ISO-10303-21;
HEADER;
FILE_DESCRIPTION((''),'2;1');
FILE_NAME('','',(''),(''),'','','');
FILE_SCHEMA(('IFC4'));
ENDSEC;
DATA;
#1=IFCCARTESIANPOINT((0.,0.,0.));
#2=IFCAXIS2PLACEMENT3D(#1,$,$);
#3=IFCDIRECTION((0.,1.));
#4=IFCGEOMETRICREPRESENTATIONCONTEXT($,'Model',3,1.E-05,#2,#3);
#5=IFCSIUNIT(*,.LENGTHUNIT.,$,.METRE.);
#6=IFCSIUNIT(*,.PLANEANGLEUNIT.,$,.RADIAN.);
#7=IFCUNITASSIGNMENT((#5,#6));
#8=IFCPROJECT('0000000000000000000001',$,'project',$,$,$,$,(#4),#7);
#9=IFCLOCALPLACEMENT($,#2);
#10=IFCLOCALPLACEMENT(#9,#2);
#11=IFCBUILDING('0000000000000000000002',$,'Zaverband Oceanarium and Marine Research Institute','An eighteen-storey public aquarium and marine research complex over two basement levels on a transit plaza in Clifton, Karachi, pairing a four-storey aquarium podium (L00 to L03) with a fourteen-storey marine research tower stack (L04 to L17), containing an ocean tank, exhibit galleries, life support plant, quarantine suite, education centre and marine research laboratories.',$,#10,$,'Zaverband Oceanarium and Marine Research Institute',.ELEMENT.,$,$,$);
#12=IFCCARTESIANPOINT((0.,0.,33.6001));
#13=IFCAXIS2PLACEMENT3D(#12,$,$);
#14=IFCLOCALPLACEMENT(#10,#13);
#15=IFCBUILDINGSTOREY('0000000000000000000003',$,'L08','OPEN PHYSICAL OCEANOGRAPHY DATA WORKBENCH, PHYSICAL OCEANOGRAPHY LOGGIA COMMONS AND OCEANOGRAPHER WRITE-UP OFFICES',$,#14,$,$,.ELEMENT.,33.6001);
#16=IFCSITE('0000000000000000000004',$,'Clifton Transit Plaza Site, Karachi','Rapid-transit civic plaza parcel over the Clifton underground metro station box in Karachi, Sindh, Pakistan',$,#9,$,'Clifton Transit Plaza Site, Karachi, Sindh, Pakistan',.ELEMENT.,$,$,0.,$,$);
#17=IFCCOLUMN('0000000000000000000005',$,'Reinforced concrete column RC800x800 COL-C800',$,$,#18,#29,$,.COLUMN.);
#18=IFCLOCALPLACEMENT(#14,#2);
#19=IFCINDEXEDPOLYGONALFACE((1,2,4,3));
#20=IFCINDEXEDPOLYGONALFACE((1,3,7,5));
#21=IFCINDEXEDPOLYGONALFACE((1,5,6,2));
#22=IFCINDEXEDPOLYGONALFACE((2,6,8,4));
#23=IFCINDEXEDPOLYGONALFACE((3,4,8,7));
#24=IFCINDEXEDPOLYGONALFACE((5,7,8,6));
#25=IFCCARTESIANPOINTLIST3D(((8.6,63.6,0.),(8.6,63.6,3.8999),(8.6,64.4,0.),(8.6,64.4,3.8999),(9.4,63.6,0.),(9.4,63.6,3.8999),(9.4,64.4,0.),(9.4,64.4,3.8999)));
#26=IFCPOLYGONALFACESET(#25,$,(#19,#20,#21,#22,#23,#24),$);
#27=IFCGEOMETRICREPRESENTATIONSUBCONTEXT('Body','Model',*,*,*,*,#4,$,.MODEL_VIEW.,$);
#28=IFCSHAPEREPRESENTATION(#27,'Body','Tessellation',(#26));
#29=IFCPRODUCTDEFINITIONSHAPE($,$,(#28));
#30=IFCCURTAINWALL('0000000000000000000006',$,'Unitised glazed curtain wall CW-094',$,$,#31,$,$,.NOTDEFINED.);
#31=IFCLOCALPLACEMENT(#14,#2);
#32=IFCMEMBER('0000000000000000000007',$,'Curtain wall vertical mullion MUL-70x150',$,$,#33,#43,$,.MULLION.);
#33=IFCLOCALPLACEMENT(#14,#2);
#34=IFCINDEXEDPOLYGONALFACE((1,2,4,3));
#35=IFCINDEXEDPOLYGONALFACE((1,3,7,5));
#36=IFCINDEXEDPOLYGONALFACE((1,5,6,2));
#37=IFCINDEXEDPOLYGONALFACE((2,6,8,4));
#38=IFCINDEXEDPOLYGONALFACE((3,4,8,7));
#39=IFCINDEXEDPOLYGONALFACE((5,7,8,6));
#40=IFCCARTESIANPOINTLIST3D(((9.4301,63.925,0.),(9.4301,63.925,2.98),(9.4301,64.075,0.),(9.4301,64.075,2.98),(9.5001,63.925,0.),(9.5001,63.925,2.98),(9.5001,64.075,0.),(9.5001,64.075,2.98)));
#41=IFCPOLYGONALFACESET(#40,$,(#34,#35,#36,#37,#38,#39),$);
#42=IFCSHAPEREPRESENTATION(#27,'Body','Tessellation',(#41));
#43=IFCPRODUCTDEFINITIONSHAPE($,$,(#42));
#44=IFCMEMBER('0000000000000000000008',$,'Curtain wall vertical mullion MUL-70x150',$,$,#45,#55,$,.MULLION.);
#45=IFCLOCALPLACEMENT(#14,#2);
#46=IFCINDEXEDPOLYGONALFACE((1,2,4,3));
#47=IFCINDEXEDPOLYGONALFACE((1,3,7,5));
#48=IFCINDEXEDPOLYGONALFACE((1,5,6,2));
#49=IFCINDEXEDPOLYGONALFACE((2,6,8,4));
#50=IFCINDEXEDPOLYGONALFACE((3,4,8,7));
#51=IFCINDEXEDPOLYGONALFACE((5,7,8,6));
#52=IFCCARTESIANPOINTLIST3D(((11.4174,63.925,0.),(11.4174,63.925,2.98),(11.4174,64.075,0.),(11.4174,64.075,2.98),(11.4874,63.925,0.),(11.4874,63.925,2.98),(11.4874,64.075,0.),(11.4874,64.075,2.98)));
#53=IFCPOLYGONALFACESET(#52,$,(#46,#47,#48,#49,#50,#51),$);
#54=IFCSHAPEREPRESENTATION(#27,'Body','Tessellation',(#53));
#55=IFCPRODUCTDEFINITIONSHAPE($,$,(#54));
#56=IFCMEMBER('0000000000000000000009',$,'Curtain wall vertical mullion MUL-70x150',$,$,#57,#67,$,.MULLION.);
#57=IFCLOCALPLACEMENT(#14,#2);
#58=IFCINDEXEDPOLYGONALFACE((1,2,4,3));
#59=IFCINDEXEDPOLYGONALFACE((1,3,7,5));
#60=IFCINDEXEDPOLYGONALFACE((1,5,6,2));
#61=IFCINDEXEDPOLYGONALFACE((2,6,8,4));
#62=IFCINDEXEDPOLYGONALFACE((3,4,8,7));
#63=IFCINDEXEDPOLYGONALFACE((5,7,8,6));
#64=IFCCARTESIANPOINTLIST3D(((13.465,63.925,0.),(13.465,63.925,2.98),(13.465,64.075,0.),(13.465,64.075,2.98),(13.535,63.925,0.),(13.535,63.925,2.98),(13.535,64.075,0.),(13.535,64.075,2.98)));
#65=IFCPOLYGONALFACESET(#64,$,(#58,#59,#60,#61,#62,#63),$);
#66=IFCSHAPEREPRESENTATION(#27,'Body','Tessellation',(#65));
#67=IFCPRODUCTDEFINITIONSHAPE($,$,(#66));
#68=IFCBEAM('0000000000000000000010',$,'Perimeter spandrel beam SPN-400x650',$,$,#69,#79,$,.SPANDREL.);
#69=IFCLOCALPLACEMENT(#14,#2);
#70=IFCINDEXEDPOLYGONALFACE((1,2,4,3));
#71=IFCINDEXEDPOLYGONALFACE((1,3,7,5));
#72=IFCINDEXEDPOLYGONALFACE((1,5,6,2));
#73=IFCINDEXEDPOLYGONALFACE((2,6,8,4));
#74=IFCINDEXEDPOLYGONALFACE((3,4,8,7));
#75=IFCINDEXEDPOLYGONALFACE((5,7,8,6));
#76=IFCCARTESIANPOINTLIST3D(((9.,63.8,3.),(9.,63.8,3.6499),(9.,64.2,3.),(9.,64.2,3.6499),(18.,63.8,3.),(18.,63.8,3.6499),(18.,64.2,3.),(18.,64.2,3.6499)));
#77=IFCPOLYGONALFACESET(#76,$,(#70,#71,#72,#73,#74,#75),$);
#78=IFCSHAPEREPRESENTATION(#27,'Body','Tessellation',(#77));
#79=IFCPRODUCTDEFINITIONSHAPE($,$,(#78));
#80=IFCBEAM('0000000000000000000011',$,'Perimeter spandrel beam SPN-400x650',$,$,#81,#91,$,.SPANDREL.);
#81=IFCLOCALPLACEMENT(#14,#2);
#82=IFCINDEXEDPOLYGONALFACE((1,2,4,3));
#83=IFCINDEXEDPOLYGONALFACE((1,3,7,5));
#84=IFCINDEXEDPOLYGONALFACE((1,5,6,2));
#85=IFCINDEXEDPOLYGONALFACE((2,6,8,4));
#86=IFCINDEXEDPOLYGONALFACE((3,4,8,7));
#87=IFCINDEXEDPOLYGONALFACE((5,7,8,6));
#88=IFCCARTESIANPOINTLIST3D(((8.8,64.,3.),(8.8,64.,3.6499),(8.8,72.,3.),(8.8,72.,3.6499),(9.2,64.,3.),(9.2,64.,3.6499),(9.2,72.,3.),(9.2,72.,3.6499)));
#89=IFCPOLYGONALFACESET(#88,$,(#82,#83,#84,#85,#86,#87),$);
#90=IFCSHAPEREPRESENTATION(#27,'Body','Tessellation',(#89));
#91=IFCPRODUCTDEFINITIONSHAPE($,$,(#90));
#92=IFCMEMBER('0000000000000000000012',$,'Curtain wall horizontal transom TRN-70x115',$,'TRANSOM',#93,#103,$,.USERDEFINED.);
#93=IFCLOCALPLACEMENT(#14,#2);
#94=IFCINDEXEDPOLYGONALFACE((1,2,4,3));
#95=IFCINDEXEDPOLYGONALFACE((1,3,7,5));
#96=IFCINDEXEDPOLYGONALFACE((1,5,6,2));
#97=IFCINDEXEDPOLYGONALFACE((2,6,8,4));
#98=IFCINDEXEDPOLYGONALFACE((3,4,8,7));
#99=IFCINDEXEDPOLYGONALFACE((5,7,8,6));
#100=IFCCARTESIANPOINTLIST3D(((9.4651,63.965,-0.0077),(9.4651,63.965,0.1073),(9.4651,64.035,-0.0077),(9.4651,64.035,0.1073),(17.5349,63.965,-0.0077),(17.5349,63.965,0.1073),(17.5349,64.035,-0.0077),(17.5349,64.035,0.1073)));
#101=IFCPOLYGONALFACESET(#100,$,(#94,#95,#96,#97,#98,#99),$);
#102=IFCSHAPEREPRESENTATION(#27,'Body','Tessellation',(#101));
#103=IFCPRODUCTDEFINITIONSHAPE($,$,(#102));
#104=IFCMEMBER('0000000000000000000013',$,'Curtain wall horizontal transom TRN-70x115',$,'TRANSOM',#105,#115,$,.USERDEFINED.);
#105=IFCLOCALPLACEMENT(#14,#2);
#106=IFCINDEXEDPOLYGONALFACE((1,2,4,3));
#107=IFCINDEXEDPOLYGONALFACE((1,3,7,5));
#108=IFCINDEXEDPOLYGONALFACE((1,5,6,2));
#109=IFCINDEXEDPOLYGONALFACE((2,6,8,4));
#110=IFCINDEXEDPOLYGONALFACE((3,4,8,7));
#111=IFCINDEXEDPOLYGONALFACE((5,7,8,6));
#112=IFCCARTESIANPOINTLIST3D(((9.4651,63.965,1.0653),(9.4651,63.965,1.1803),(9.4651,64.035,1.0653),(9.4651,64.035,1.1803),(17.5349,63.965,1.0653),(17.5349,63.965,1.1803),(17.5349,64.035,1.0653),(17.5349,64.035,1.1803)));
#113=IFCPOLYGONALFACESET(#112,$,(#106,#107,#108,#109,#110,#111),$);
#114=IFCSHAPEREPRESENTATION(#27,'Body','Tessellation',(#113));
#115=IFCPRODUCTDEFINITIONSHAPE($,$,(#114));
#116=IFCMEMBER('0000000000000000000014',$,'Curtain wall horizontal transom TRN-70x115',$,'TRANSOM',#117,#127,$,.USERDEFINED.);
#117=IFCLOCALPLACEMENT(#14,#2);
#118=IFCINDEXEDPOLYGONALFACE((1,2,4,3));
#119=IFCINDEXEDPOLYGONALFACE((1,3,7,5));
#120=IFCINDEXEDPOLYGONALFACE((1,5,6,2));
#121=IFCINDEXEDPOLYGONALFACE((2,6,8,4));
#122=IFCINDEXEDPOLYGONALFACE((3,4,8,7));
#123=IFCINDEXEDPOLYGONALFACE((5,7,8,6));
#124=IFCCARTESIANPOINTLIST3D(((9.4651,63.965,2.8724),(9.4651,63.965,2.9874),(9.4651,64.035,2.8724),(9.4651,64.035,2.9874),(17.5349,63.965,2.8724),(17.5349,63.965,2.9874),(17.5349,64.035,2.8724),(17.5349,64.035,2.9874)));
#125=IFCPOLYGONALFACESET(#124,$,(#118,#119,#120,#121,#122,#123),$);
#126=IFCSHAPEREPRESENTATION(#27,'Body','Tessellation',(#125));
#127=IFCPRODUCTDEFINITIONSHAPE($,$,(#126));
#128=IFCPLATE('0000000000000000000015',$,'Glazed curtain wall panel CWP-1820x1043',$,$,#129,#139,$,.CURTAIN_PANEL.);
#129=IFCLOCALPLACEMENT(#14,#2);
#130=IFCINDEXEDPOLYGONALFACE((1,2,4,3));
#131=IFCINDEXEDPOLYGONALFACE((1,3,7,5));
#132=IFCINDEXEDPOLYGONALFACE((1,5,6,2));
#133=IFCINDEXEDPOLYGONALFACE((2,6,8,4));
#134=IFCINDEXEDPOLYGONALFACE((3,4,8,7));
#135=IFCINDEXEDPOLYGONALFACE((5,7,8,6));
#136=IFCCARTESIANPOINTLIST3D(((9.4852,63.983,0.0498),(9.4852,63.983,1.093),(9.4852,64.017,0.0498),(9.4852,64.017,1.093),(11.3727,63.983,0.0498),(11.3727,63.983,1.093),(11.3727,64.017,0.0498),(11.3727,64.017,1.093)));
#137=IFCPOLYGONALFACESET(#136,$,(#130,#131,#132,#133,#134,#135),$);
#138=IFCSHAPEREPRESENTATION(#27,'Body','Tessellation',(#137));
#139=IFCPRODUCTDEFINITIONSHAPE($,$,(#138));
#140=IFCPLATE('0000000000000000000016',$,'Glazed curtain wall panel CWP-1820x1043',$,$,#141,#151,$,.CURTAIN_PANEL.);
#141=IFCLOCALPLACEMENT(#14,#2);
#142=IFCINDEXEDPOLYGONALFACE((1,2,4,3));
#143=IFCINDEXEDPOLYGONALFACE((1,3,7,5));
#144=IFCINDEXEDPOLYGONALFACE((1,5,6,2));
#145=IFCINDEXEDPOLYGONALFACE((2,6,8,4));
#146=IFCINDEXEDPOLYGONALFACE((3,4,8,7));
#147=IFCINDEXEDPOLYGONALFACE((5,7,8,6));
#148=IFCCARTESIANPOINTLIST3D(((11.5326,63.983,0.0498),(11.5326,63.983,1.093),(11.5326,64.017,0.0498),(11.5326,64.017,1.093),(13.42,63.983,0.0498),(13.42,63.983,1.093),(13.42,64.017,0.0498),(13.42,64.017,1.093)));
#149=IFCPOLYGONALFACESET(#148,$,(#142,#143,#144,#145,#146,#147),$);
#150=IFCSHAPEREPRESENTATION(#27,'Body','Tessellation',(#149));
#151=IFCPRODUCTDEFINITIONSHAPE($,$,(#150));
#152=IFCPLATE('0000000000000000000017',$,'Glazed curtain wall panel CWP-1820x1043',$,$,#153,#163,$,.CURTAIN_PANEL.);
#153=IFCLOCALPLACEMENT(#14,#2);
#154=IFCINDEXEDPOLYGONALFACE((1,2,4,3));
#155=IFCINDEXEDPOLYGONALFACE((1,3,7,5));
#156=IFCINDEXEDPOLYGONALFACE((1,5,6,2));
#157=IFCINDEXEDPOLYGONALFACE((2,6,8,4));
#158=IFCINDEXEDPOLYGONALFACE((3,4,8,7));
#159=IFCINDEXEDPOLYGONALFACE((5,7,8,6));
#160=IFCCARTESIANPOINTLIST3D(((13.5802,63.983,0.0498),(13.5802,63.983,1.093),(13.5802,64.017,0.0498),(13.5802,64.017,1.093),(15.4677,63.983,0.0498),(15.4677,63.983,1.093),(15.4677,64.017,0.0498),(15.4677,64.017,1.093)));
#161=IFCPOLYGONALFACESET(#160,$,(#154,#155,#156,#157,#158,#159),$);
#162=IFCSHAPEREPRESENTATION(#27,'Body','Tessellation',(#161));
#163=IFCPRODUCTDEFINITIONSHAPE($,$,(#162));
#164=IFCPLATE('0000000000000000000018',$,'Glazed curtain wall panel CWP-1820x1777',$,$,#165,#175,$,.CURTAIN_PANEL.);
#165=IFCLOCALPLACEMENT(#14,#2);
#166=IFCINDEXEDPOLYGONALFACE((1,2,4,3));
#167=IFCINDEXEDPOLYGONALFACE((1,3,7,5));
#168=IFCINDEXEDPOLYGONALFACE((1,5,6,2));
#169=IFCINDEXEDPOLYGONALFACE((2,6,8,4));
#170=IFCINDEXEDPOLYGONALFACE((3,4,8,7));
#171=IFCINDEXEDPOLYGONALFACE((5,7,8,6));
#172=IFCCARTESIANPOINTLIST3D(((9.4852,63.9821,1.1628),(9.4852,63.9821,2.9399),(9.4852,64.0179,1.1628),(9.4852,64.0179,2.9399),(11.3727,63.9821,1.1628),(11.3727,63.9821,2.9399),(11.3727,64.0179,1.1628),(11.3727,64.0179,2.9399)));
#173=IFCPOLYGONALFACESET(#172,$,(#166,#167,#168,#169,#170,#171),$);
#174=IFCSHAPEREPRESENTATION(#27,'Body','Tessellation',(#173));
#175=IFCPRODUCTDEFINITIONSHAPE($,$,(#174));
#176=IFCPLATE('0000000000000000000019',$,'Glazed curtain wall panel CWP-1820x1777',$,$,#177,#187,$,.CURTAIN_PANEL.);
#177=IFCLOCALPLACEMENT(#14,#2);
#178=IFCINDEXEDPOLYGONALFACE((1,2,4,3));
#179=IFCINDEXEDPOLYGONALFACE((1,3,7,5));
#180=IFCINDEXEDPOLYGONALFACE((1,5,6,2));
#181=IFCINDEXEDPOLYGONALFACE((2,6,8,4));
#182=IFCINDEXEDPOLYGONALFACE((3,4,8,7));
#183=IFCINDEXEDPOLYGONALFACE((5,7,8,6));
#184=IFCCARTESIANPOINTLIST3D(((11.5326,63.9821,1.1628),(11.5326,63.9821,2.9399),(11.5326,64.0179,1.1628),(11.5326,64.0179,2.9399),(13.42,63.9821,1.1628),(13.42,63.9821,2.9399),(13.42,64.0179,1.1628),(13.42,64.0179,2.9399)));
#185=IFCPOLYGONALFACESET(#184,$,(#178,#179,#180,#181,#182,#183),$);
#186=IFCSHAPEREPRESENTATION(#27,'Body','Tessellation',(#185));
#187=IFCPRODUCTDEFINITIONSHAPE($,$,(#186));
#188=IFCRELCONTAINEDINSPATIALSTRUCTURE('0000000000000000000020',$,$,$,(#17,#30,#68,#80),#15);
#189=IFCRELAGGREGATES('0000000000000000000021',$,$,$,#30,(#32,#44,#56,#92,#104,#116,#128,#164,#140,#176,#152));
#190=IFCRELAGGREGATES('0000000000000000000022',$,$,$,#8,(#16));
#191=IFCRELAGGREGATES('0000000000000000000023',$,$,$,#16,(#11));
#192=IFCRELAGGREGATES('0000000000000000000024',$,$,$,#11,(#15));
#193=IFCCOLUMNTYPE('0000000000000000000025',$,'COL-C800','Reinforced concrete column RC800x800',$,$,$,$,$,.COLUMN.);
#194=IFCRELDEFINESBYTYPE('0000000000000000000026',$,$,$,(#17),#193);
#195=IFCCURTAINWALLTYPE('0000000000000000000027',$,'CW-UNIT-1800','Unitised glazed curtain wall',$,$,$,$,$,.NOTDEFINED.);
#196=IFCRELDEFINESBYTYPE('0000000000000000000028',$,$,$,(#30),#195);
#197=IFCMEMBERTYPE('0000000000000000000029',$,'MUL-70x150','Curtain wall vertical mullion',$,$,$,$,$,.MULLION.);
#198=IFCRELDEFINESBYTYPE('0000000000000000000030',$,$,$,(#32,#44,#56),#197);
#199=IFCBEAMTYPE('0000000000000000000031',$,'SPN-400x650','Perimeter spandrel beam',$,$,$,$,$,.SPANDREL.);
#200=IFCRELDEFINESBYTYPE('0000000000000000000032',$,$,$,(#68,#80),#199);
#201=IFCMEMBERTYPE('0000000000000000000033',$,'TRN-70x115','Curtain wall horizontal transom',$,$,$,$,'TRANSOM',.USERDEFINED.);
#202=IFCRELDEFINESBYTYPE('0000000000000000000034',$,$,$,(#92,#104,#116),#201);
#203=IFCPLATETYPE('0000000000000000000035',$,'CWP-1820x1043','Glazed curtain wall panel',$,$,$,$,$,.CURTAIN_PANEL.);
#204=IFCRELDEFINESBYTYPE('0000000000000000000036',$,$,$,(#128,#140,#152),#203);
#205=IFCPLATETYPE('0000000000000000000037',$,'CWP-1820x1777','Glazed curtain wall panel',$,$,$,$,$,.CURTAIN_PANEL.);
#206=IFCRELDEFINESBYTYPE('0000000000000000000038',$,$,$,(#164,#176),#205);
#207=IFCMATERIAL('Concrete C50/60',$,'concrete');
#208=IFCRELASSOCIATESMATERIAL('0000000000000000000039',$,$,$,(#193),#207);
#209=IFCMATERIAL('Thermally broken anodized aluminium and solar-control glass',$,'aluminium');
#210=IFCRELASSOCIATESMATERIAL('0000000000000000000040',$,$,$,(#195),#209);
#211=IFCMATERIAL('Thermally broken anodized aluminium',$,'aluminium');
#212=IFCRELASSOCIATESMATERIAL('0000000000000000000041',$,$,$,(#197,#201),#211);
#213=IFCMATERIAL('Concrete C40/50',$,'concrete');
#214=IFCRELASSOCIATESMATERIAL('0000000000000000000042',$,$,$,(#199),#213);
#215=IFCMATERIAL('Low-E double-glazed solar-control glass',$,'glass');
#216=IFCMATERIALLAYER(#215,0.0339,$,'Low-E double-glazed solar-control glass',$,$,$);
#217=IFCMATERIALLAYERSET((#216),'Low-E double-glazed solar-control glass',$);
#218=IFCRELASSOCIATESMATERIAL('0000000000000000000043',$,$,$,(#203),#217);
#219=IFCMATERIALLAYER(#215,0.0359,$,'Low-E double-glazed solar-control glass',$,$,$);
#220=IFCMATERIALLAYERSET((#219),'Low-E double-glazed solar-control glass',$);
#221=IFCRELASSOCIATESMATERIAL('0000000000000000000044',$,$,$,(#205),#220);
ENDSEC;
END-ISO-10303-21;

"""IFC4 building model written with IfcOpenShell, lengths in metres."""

from ifc_helpers import new_model, si_unit, direction, frame, frame_2d, origin, origin_2d, place, context, subcontext, project, spatial, rectangle, extrude, material, layer, layer_set, material_profile, profile_set, type_object, element, aggregate, save


model = new_model("IFC4")

# Units and contexts
model_context = context("Model", 3, precision=1e-05, world=origin(), true_north=direction((0.0, 1.0)))
body_context = subcontext(model_context, "Body", "Model", "MODEL_VIEW")
ifc_project = project(units=[si_unit("LENGTHUNIT", "METRE"), si_unit("PLANEANGLEUNIT", "RADIAN")], contexts=[model_context])

# Site, building, storey
site_placement = place(None, origin())
site = spatial("IfcSite", under=ifc_project, at=site_placement, Name="Clifton Transit Plaza Site, Karachi", Description="Rapid-transit civic plaza parcel over the Clifton underground metro station box in Karachi, Sindh, Pakistan", LongName="Clifton Transit Plaza Site, Karachi, Sindh, Pakistan", CompositionType="ELEMENT", RefElevation=0.0)
building_placement = place(site_placement, origin())
building = spatial("IfcBuilding", under=site, at=building_placement, Name="Zaverband Oceanarium and Marine Research Institute", Description="An eighteen-storey public aquarium and marine research complex over two basement levels on a transit plaza in Clifton, Karachi, pairing a four-storey aquarium podium (L00 to L03) with a fourteen-storey marine research tower stack (L04 to L17), containing an ocean tank, exhibit galleries, life support plant, quarantine suite, education centre and marine research laboratories.", LongName="Zaverband Oceanarium and Marine Research Institute", CompositionType="ELEMENT")
storey_placement = place(building_placement, frame((0.0, 0.0, 33.6001)))
storey = spatial("IfcBuildingStorey", under=building, at=storey_placement, Name="L08", Description="OPEN PHYSICAL OCEANOGRAPHY DATA WORKBENCH, PHYSICAL OCEANOGRAPHY LOGGIA COMMONS AND OCEANOGRAPHER WRITE-UP OFFICES", CompositionType="ELEMENT", Elevation=33.6001)

# Column
ifc_material_1 = material(Name="Concrete C50/60", Category="concrete")
ifc_material_profile_1 = material_profile(ifc_material_1, rectangle(XDim=0.8, YDim=0.8, at=origin_2d()), Name="RC800x800")
ifc_profile_set_1 = profile_set([ifc_material_profile_1], Name="Concrete C50/60")
column_type = type_object("IfcColumnType", Name="COL-C800", Description="Reinforced concrete column RC800x800", PredefinedType="COLUMN", material=ifc_profile_set_1)
column_placement = place(storey_placement, frame((9.0, 64.0, 0.0), z_axis=(0.0, 0.0, 1.0), x_axis=(1.0, 0.0, 0.0)))
element("IfcColumn", 1, at=column_placement, inside=storey, type_object=column_type, Name="Reinforced concrete column RC800x800 COL-C800", PredefinedType="COLUMN", context=body_context, shape_type="SweptSolid", body=[
    extrude(rectangle(XDim=0.8, YDim=0.8, at=origin_2d()), origin(), (0.0, 0.0, 1.0), 3.8999),
])

# Curtain wall, members
ifc_material_2 = material(Name="Thermally broken anodized aluminium and solar-control glass", Category="aluminium")
curtain_wall_type = type_object("IfcCurtainWallType", Name="CW-UNIT-1800", Description="Unitised glazed curtain wall", PredefinedType="NOTDEFINED", material=ifc_material_2)
curtain_wall_placement = place(storey_placement, origin())
curtain_wall = element("IfcCurtainWall", 2, at=curtain_wall_placement, inside=storey, type_object=curtain_wall_type, Name="Unitised glazed curtain wall CW-094", PredefinedType="NOTDEFINED")
ifc_material_3 = material(Name="Thermally broken anodized aluminium", Category="aluminium")
ifc_material_profile_2 = material_profile(ifc_material_3, rectangle(XDim=0.0701, YDim=0.1499, at=origin_2d()), Name="AL-MUL-70x150")
ifc_profile_set_2 = profile_set([ifc_material_profile_2], Name="Thermally broken anodized aluminium")
member_type_1 = type_object("IfcMemberType", Name="MUL-70x150", Description="Curtain wall vertical mullion", PredefinedType="MULLION", material=ifc_profile_set_2)
member_1_placement = place(storey_placement, frame((9.4651, 64.0, 0.0), z_axis=(0.0, 0.0, 1.0), x_axis=(1.0, 0.0, 0.0)))
member_1 = element("IfcMember", 3, at=member_1_placement, type_object=member_type_1, Name="Curtain wall vertical mullion MUL-70x150", PredefinedType="MULLION", context=body_context, shape_type="SweptSolid", body=[
    extrude(rectangle(XDim=0.0701, YDim=0.1499, at=origin_2d()), origin(), (0.0, 0.0, 1.0), 2.98),
])
member_2_placement = place(storey_placement, frame((11.4524, 64.0, 0.0), z_axis=(0.0, 0.0, 1.0), x_axis=(1.0, 0.0, 0.0)))
member_2 = element("IfcMember", 4, at=member_2_placement, type_object=member_type_1, Name="Curtain wall vertical mullion MUL-70x150", PredefinedType="MULLION", context=body_context, shape_type="SweptSolid", body=[
    extrude(rectangle(XDim=0.0701, YDim=0.1499, at=origin_2d()), origin(), (0.0, 0.0, 1.0), 2.98),
])
member_3_placement = place(storey_placement, frame((13.5, 64.0, 0.0), z_axis=(0.0, 0.0, 1.0), x_axis=(1.0, 0.0, 0.0)))
member_3 = element("IfcMember", 5, at=member_3_placement, type_object=member_type_1, Name="Curtain wall vertical mullion MUL-70x150", PredefinedType="MULLION", context=body_context, shape_type="SweptSolid", body=[
    extrude(rectangle(XDim=0.0701, YDim=0.1499, at=origin_2d()), origin(), (0.0, 0.0, 1.0), 2.98),
])

# Beams
ifc_material_4 = material(Name="Concrete C40/50", Category="concrete")
ifc_material_profile_3 = material_profile(ifc_material_4, rectangle(XDim=0.3999, YDim=0.6499, at=origin_2d()), Name="RC400x650")
ifc_profile_set_3 = profile_set([ifc_material_profile_3], Name="Concrete C40/50")
beam_type = type_object("IfcBeamType", Name="SPN-400x650", Description="Perimeter spandrel beam", PredefinedType="SPANDREL", material=ifc_profile_set_3)
beam_1_placement = place(storey_placement, frame((9.0, 64.0, 3.325), z_axis=(1.0, 0.0, 0.0), x_axis=(0.0, 1.0, 0.0)))
element("IfcBeam", 6, at=beam_1_placement, inside=storey, type_object=beam_type, Name="Perimeter spandrel beam SPN-400x650", PredefinedType="SPANDREL", context=body_context, shape_type="SweptSolid", body=[
    extrude(rectangle(XDim=0.3999, YDim=0.6499, at=origin_2d()), origin(), (0.0, 0.0, 1.0), 9.0),
])
beam_2_placement = place(storey_placement, frame((9.0, 64.0, 3.325), z_axis=(0.0, 1.0, 0.0), x_axis=(-1.0, 0.0, 0.0)))
element("IfcBeam", 7, at=beam_2_placement, inside=storey, type_object=beam_type, Name="Perimeter spandrel beam SPN-400x650", PredefinedType="SPANDREL", context=body_context, shape_type="SweptSolid", body=[
    extrude(rectangle(XDim=0.3999, YDim=0.6499, at=origin_2d()), origin(), (0.0, 0.0, 1.0), 8.0),
])

# Members
ifc_material_profile_4 = material_profile(ifc_material_3, rectangle(XDim=0.0701, YDim=0.115, at=origin_2d()), Name="AL-TRN-70x115")
ifc_profile_set_4 = profile_set([ifc_material_profile_4], Name="Thermally broken anodized aluminium")
member_type_2 = type_object("IfcMemberType", Name="TRN-70x115", Description="Curtain wall horizontal transom", ElementType="TRANSOM", PredefinedType="USERDEFINED", material=ifc_profile_set_4)
member_4_placement = place(storey_placement, frame((9.4651, 64.0, 0.0498), z_axis=(1.0, 0.0, 0.0), x_axis=(0.0, 1.0, 0.0)))
member_4 = element("IfcMember", 8, at=member_4_placement, type_object=member_type_2, Name="Curtain wall horizontal transom TRN-70x115", ObjectType="TRANSOM", PredefinedType="USERDEFINED", context=body_context, shape_type="SweptSolid", body=[
    extrude(rectangle(XDim=0.0701, YDim=0.115, at=origin_2d()), origin(), (0.0, 0.0, 1.0), 8.0698),
])
member_5_placement = place(storey_placement, frame((9.4651, 64.0, 1.1228), z_axis=(1.0, 0.0, 0.0), x_axis=(0.0, 1.0, 0.0)))
member_5 = element("IfcMember", 9, at=member_5_placement, type_object=member_type_2, Name="Curtain wall horizontal transom TRN-70x115", ObjectType="TRANSOM", PredefinedType="USERDEFINED", context=body_context, shape_type="SweptSolid", body=[
    extrude(rectangle(XDim=0.0701, YDim=0.115, at=origin_2d()), origin(), (0.0, 0.0, 1.0), 8.0698),
])
member_6_placement = place(storey_placement, frame((9.4651, 64.0, 2.9299), z_axis=(1.0, 0.0, 0.0), x_axis=(0.0, 1.0, 0.0)))
member_6 = element("IfcMember", 10, at=member_6_placement, type_object=member_type_2, Name="Curtain wall horizontal transom TRN-70x115", ObjectType="TRANSOM", PredefinedType="USERDEFINED", context=body_context, shape_type="SweptSolid", body=[
    extrude(rectangle(XDim=0.0701, YDim=0.115, at=origin_2d()), origin(), (0.0, 0.0, 1.0), 8.0698),
])

# Plates
ifc_material_5 = material(Name="Low-E double-glazed solar-control glass", Category="glass")
ifc_layer_1 = layer(ifc_material_5, 0.0339, Name="Low-E double-glazed solar-control glass")
ifc_layer_set_1 = layer_set([ifc_layer_1], Name="Low-E double-glazed solar-control glass")
plate_type_1 = type_object("IfcPlateType", Name="CWP-1820x1043", Description="Glazed curtain wall panel", PredefinedType="CURTAIN_PANEL", material=ifc_layer_set_1)
plate_1_placement = place(storey_placement, frame((9.4851, 64.0, 0.0498), z_axis=(0.0, 0.0, 1.0), x_axis=(1.0, 0.0, 0.0)))
plate_1 = element("IfcPlate", 11, at=plate_1_placement, type_object=plate_type_1, Name="Glazed curtain wall panel CWP-1820x1043", PredefinedType="CURTAIN_PANEL", context=body_context, shape_type="SweptSolid", body=[
    extrude(rectangle(XDim=1.8875, YDim=0.0339, at=frame_2d((0.9438, 0.0))), origin(), (0.0, 0.0, 1.0), 1.0432),
])
plate_2_placement = place(storey_placement, frame((11.5325, 64.0, 0.0498), z_axis=(0.0, 0.0, 1.0), x_axis=(1.0, 0.0, 0.0)))
plate_2 = element("IfcPlate", 12, at=plate_2_placement, type_object=plate_type_1, Name="Glazed curtain wall panel CWP-1820x1043", PredefinedType="CURTAIN_PANEL", context=body_context, shape_type="SweptSolid", body=[
    extrude(rectangle(XDim=1.8875, YDim=0.0339, at=frame_2d((0.9438, 0.0))), origin(), (0.0, 0.0, 1.0), 1.0432),
])
plate_3_placement = place(storey_placement, frame((13.5801, 64.0, 0.0498), z_axis=(0.0, 0.0, 1.0), x_axis=(1.0, 0.0, 0.0)))
plate_3 = element("IfcPlate", 13, at=plate_3_placement, type_object=plate_type_1, Name="Glazed curtain wall panel CWP-1820x1043", PredefinedType="CURTAIN_PANEL", context=body_context, shape_type="SweptSolid", body=[
    extrude(rectangle(XDim=1.8875, YDim=0.0339, at=frame_2d((0.9438, 0.0))), origin(), (0.0, 0.0, 1.0), 1.0432),
])
ifc_layer_2 = layer(ifc_material_5, 0.0359, Name="Low-E double-glazed solar-control glass")
ifc_layer_set_2 = layer_set([ifc_layer_2], Name="Low-E double-glazed solar-control glass")
plate_type_2 = type_object("IfcPlateType", Name="CWP-1820x1777", Description="Glazed curtain wall panel", PredefinedType="CURTAIN_PANEL", material=ifc_layer_set_2)
plate_4_placement = place(storey_placement, frame((9.4851, 64.0, 1.1628), z_axis=(0.0, 0.0, 1.0), x_axis=(1.0, 0.0, 0.0)))
plate_4 = element("IfcPlate", 14, at=plate_4_placement, type_object=plate_type_2, Name="Glazed curtain wall panel CWP-1820x1777", PredefinedType="CURTAIN_PANEL", context=body_context, shape_type="SweptSolid", body=[
    extrude(rectangle(XDim=1.8875, YDim=0.0359, at=frame_2d((0.9438, 0.0))), origin(), (0.0, 0.0, 1.0), 1.7771),
])
plate_5_placement = place(storey_placement, frame((11.5325, 64.0, 1.1628), z_axis=(0.0, 0.0, 1.0), x_axis=(1.0, 0.0, 0.0)))
plate_5 = element("IfcPlate", 15, at=plate_5_placement, type_object=plate_type_2, Name="Glazed curtain wall panel CWP-1820x1777", PredefinedType="CURTAIN_PANEL", context=body_context, shape_type="SweptSolid", body=[
    extrude(rectangle(XDim=1.8875, YDim=0.0359, at=frame_2d((0.9438, 0.0))), origin(), (0.0, 0.0, 1.0), 1.7771),
])
aggregate(curtain_wall, [member_1, member_2, member_3, member_4, member_5, member_6, plate_1, plate_4, plate_2, plate_5, plate_3])

save(model, "model.ifc")
